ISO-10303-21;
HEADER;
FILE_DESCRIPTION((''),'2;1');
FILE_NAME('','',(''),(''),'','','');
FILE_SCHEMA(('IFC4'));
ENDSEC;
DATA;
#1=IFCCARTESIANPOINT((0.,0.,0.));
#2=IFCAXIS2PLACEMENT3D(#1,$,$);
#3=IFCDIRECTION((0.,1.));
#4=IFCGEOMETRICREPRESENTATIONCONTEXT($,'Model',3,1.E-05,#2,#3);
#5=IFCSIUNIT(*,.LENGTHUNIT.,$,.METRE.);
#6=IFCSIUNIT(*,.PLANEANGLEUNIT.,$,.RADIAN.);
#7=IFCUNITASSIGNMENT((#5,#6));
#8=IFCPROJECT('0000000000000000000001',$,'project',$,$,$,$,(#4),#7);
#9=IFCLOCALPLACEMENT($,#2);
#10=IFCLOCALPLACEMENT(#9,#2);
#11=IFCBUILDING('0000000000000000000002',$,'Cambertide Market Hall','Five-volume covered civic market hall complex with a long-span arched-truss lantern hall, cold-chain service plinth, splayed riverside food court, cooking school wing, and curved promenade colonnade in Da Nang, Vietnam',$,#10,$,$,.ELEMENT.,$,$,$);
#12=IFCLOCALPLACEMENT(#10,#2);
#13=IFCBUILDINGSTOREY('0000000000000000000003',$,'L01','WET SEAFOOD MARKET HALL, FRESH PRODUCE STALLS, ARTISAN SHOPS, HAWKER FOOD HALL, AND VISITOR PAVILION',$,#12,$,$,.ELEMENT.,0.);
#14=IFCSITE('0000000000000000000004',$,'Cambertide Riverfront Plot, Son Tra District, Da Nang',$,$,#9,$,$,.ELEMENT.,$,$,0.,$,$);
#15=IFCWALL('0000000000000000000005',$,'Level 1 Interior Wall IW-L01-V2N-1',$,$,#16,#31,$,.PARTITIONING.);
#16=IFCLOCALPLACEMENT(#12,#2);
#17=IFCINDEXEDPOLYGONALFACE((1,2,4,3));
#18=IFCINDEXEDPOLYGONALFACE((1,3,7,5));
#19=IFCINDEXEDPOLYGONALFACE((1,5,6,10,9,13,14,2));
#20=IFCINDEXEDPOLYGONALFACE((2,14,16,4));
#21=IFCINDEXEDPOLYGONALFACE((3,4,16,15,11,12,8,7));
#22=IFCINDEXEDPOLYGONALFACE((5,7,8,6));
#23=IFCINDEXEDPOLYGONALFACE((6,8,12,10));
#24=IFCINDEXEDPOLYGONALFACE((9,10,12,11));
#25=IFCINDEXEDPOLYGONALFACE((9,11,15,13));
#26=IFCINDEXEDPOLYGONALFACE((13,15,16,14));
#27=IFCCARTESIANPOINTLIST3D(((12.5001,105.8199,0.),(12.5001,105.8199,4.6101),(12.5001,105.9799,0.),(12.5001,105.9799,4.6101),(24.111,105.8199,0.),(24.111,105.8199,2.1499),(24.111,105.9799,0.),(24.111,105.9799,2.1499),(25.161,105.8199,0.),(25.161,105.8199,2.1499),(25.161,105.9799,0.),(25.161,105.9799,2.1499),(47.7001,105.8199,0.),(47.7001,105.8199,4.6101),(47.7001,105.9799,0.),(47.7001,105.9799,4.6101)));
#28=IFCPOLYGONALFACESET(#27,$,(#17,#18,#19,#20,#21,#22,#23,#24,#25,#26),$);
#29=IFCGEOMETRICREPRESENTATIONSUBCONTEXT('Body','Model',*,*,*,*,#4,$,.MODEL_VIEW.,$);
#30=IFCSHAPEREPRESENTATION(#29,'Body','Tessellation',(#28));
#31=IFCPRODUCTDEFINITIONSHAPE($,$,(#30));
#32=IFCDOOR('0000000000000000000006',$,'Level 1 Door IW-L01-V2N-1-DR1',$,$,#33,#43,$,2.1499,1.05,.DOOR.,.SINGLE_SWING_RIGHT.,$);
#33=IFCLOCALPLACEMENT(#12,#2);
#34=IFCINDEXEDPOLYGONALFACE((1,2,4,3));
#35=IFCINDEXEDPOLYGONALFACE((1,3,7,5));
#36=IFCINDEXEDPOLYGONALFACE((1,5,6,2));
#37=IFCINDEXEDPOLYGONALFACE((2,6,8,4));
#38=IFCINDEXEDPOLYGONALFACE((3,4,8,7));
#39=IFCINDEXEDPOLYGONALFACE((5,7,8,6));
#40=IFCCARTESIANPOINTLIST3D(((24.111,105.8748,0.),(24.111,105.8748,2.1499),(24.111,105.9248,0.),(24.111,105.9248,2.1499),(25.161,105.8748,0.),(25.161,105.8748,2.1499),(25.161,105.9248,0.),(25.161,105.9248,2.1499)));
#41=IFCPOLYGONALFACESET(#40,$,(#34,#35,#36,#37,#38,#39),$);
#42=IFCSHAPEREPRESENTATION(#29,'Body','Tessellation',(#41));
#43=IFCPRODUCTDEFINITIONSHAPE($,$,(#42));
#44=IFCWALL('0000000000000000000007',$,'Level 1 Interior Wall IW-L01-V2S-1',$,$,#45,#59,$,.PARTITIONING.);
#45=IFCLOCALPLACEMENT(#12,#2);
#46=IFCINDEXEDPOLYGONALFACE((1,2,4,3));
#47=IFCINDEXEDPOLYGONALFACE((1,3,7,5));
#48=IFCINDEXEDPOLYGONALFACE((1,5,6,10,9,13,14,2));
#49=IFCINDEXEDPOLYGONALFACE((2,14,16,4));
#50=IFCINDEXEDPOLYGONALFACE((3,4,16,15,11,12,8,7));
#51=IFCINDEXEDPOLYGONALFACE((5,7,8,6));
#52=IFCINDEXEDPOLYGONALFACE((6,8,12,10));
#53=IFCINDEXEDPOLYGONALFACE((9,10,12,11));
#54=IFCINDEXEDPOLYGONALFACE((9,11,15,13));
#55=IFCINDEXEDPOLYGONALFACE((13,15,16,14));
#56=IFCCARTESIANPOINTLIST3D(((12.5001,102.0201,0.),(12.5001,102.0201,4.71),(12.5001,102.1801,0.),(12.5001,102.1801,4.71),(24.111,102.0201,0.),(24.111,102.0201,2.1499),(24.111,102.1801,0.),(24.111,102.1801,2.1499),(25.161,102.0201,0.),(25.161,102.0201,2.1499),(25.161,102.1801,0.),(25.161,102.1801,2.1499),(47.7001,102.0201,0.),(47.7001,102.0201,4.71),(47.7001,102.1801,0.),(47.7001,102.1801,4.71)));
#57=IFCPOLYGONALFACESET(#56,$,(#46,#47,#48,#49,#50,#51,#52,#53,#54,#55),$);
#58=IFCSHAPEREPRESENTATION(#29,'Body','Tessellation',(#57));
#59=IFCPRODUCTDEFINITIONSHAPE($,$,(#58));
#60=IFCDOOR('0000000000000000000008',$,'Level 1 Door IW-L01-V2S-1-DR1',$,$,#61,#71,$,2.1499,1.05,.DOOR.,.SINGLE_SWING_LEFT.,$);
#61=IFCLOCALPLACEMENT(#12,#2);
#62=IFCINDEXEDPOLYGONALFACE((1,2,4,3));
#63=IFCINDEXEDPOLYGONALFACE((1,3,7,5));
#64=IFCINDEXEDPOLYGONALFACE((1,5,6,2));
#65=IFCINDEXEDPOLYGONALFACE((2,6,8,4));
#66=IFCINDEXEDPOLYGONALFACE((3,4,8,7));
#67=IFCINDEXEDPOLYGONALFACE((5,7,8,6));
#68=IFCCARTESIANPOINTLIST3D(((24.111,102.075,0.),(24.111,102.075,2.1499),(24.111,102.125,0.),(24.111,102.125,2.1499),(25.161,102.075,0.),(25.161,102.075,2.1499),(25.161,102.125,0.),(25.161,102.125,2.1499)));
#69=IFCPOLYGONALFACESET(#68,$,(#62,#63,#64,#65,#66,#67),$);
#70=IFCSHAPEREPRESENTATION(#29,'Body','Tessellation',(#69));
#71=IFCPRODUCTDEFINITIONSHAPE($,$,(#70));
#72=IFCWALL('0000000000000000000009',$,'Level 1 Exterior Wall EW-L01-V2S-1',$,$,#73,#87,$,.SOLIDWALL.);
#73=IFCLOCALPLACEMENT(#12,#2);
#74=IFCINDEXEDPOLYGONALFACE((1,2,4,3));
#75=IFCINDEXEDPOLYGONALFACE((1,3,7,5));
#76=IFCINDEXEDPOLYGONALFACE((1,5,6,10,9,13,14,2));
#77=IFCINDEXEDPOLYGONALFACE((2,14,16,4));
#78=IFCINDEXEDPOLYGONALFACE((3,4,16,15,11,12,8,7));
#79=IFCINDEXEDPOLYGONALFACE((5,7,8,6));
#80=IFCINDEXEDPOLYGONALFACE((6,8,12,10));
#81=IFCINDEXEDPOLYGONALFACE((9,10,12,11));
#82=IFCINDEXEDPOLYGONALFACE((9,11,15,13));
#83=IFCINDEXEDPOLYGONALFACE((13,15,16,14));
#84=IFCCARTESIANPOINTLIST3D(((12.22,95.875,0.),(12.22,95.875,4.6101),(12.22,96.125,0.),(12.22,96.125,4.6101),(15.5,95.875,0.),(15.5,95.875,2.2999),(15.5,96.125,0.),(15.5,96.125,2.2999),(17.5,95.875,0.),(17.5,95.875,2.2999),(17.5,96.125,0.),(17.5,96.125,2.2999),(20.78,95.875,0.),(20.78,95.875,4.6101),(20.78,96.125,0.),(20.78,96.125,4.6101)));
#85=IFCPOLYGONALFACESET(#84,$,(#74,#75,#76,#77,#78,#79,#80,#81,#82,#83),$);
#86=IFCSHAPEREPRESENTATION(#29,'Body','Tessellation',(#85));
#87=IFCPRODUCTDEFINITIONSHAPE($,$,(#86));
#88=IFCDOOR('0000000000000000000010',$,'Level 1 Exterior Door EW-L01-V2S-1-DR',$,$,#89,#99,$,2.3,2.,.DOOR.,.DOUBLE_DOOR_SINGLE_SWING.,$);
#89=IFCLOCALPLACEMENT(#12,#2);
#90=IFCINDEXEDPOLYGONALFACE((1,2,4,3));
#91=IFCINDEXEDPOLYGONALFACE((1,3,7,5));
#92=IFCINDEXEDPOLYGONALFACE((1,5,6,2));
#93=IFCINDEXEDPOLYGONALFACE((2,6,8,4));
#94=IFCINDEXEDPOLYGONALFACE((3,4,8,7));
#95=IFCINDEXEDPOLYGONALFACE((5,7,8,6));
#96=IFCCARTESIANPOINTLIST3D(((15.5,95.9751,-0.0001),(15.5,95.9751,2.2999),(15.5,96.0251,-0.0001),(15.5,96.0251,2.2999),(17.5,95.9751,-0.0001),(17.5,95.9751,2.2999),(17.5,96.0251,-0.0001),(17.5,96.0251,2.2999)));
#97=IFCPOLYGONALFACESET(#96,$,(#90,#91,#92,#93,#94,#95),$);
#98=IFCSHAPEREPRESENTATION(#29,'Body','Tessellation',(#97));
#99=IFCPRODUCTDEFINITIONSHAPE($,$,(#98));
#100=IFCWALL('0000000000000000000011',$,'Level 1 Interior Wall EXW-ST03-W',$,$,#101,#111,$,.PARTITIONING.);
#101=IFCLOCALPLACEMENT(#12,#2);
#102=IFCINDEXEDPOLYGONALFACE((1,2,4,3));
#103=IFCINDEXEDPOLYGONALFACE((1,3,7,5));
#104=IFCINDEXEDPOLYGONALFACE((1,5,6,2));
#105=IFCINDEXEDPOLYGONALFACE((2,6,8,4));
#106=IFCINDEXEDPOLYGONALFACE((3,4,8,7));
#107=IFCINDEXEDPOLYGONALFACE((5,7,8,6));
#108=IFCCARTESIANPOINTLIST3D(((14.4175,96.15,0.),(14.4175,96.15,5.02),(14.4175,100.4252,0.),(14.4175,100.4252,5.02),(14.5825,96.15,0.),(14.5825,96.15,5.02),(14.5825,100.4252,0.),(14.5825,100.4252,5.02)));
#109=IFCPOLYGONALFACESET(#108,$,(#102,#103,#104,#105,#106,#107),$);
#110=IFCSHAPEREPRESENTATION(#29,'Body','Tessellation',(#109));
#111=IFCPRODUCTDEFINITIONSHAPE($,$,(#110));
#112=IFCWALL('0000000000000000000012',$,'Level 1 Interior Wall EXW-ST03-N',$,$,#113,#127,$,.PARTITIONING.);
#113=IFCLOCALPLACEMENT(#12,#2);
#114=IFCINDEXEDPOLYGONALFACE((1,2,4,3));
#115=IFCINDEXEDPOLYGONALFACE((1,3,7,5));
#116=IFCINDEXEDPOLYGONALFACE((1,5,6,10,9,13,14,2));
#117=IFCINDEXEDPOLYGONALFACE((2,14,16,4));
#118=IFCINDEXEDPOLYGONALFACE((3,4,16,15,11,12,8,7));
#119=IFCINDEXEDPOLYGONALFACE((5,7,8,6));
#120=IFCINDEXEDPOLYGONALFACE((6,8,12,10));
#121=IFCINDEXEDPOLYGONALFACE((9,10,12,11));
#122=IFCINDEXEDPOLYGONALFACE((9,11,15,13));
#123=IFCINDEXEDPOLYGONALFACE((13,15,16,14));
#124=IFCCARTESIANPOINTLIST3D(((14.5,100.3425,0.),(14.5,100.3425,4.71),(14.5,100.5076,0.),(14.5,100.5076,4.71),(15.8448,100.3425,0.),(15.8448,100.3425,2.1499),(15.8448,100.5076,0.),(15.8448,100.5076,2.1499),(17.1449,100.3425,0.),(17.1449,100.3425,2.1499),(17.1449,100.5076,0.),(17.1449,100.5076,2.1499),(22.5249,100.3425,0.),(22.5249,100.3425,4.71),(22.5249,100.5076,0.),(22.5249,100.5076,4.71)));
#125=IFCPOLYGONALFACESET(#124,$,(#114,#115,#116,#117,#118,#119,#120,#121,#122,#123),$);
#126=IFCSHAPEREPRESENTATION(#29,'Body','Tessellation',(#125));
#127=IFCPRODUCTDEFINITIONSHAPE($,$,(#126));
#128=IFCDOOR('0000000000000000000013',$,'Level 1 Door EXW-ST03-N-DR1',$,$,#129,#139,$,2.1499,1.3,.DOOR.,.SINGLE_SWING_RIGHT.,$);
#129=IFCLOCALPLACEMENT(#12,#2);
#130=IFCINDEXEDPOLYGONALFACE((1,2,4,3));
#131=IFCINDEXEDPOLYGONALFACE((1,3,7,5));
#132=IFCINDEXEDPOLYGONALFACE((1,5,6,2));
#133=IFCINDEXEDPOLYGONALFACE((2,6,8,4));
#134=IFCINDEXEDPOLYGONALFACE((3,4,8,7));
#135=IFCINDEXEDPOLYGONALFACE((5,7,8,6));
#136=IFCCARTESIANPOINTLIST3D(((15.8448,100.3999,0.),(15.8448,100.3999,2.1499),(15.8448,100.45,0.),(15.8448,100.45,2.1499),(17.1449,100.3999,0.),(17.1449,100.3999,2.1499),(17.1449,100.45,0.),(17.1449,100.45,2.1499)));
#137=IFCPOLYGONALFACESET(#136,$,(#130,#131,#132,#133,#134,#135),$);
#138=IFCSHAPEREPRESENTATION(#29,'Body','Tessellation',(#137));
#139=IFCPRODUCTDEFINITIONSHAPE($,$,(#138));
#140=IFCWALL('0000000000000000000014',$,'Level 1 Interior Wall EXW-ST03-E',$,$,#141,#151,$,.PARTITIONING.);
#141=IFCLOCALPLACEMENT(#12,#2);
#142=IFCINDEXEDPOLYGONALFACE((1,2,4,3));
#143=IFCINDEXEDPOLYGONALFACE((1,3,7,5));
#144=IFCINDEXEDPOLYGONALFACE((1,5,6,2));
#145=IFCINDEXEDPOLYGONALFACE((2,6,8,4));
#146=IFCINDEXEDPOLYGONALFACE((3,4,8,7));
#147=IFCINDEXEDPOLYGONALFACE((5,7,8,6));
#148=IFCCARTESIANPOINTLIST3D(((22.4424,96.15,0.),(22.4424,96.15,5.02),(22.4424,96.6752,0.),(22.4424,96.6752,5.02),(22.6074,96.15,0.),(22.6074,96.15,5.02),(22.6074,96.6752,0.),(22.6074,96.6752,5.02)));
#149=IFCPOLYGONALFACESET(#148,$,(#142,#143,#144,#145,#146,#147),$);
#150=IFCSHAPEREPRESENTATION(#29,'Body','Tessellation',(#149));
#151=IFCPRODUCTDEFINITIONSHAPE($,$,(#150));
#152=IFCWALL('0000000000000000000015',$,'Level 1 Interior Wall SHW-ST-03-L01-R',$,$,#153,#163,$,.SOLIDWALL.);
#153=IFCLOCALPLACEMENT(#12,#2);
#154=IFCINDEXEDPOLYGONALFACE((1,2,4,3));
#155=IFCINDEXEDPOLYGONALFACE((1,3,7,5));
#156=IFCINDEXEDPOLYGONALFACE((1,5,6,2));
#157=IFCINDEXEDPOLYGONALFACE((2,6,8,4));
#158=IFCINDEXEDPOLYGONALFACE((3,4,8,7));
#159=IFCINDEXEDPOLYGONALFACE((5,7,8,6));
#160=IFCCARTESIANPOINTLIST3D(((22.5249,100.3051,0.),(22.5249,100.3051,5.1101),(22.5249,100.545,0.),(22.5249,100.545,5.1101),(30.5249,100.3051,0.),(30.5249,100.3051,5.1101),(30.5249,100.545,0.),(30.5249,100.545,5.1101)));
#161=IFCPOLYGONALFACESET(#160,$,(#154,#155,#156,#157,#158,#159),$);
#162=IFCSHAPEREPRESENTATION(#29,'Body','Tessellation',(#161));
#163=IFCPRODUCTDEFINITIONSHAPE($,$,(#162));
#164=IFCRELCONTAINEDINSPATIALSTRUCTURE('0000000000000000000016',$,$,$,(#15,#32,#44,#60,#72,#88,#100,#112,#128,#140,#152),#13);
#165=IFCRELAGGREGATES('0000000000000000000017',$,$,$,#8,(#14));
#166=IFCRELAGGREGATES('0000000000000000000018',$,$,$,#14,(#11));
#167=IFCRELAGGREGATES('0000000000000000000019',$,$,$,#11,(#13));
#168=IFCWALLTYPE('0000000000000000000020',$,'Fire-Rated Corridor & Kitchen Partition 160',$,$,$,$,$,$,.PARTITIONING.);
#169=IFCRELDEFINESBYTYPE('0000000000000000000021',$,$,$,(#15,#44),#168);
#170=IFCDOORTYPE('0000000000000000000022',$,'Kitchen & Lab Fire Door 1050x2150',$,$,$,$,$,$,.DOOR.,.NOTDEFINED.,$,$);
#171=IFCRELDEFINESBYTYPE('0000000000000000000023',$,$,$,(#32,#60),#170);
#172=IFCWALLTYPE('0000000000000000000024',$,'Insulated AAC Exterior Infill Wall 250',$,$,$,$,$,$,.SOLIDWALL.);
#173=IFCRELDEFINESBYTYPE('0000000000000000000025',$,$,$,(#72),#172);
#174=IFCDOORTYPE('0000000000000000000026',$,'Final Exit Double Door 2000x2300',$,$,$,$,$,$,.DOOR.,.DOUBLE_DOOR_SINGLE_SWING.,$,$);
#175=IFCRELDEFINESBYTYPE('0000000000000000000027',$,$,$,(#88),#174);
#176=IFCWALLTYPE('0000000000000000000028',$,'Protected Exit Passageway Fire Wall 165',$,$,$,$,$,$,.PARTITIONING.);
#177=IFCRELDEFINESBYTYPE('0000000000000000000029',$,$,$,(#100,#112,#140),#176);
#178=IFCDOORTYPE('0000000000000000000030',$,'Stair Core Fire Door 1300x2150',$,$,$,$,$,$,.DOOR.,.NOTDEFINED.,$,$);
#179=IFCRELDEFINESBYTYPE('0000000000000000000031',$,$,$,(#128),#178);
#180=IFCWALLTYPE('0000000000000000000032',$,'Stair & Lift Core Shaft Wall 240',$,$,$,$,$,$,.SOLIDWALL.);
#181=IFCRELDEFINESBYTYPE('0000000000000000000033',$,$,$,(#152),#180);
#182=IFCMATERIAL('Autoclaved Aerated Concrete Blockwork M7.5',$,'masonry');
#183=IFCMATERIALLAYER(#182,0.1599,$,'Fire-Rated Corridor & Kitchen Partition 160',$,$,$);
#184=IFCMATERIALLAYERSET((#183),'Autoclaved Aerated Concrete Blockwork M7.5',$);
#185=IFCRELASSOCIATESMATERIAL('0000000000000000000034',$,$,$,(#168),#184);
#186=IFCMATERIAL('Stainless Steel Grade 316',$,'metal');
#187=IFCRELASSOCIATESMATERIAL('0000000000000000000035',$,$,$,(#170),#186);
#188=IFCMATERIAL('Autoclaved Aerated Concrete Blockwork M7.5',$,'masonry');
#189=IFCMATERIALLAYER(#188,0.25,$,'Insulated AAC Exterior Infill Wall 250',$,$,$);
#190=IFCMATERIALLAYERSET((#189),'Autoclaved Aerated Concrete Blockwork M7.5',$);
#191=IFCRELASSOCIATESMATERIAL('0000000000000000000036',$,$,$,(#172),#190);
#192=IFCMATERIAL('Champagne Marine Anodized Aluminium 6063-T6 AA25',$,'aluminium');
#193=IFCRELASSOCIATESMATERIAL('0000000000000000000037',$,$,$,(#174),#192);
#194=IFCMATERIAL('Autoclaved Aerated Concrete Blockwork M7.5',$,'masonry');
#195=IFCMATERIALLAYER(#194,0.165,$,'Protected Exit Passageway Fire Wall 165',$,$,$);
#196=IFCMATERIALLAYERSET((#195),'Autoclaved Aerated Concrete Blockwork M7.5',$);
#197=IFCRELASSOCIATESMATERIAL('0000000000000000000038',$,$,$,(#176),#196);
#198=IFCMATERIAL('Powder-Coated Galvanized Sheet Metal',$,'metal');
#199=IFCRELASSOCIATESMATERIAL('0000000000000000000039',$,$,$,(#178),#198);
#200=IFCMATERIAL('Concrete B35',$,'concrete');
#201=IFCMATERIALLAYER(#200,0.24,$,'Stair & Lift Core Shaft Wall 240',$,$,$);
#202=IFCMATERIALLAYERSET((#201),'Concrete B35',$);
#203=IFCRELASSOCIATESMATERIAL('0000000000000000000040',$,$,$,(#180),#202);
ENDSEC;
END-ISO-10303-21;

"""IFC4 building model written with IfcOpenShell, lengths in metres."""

from ifc_helpers import new_model, si_unit, direction, frame, frame_2d, origin, place, context, subcontext, project, spatial, rectangle, extrude, material, layer, layer_set, type_object, element, fill, save


model = new_model("IFC4")

# Units and contexts
model_context = context("Model", 3, precision=1e-05, world=origin(), true_north=direction((0.0, 1.0)))
body_context = subcontext(model_context, "Body", "Model", "MODEL_VIEW")
ifc_project = project(units=[si_unit("LENGTHUNIT", "METRE"), si_unit("PLANEANGLEUNIT", "RADIAN")], contexts=[model_context])

# Site, building, storey
site_placement = place(None, origin())
site = spatial("IfcSite", under=ifc_project, at=site_placement, Name="Cambertide Riverfront Plot, Son Tra District, Da Nang", CompositionType="ELEMENT", RefElevation=0.0)
building_placement = place(site_placement, origin())
building = spatial("IfcBuilding", under=site, at=building_placement, Name="Cambertide Market Hall", Description="Five-volume covered civic market hall complex with a long-span arched-truss lantern hall, cold-chain service plinth, splayed riverside food court, cooking school wing, and curved promenade colonnade in Da Nang, Vietnam", CompositionType="ELEMENT")
storey_placement = place(building_placement, origin())
storey = spatial("IfcBuildingStorey", under=building, at=storey_placement, Name="L01", Description="WET SEAFOOD MARKET HALL, FRESH PRODUCE STALLS, ARTISAN SHOPS, HAWKER FOOD HALL, AND VISITOR PAVILION", CompositionType="ELEMENT", Elevation=0.0)

# Walls, openings, doors
ifc_material_1 = material(Name="Autoclaved Aerated Concrete Blockwork M7.5", Category="masonry")
ifc_layer_1 = layer(ifc_material_1, 0.1599, Name="Fire-Rated Corridor & Kitchen Partition 160")
ifc_layer_set_1 = layer_set([ifc_layer_1], Name="Autoclaved Aerated Concrete Blockwork M7.5")
wall_type_1 = type_object("IfcWallType", Name="Fire-Rated Corridor & Kitchen Partition 160", PredefinedType="PARTITIONING", material=ifc_layer_set_1)
wall_1_placement = place(storey_placement, frame((12.5, 105.8999, 0.0), z_axis=(0.0, 0.0, 1.0), x_axis=(1.0, 0.0, 0.0)))
wall_1 = element("IfcWall", 1, at=wall_1_placement, inside=storey, type_object=wall_type_1, Name="Level 1 Interior Wall IW-L01-V2N-1", PredefinedType="PARTITIONING", context=body_context, shape_type="SweptSolid", body=[
    extrude(rectangle(XDim=35.2, YDim=0.1599, at=frame_2d((17.6001, 0.0))), origin(), (0.0, 0.0, 1.0), 4.6101),
])
opening_1_placement = place(wall_1_placement, frame((11.6111, 0.0, 0.0)))
opening_1 = element("IfcOpeningElement", 2, at=opening_1_placement, cuts=wall_1, PredefinedType="OPENING", context=body_context, shape_type="SweptSolid", body=[
    extrude(rectangle(XDim=1.05, YDim=2.1499, at=frame_2d((0.5249, 1.075))), frame((0.0, 0.0898, 0.0), z_axis=(0.0, -1.0, 0.0), x_axis=(1.0, 0.0, 0.0)), (0.0, 0.0, 1.0), 0.1799),
])
ifc_material_2 = material(Name="Stainless Steel Grade 316", Category="metal")
door_type_1 = type_object("IfcDoorType", Name="Kitchen & Lab Fire Door 1050x2150", OperationType="NOTDEFINED", PredefinedType="DOOR", material=ifc_material_2)
door_1_placement = place(opening_1_placement, origin())
door_1 = element("IfcDoor", 3, at=door_1_placement, inside=storey, type_object=door_type_1, Name="Level 1 Door IW-L01-V2N-1-DR1", OperationType="SINGLE_SWING_RIGHT", OverallHeight=2.1499, OverallWidth=1.05, PredefinedType="DOOR", context=body_context, shape_type="SweptSolid", body=[
    extrude(rectangle(XDim=1.05, YDim=2.1499, at=frame_2d((0.5249, 1.075))), frame((0.0, 0.0249, 0.0), z_axis=(0.0, -1.0, 0.0), x_axis=(1.0, 0.0, 0.0)), (0.0, 0.0, 1.0), 0.05),
])
fill(opening_1, door_1)
wall_2_placement = place(storey_placement, frame((12.5, 102.1001, 0.0), z_axis=(0.0, 0.0, 1.0), x_axis=(1.0, 0.0, 0.0)))
wall_2 = element("IfcWall", 4, at=wall_2_placement, inside=storey, type_object=wall_type_1, Name="Level 1 Interior Wall IW-L01-V2S-1", PredefinedType="PARTITIONING", context=body_context, shape_type="SweptSolid", body=[
    extrude(rectangle(XDim=35.2, YDim=0.1599, at=frame_2d((17.6001, 0.0))), origin(), (0.0, 0.0, 1.0), 4.71),
])
opening_2_placement = place(wall_2_placement, frame((11.6111, 0.0, 0.0)))
opening_2 = element("IfcOpeningElement", 5, at=opening_2_placement, cuts=wall_2, PredefinedType="OPENING", context=body_context, shape_type="SweptSolid", body=[
    extrude(rectangle(XDim=1.05, YDim=2.1499, at=frame_2d((0.5249, 1.075))), frame((0.0, 0.0898, 0.0), z_axis=(0.0, -1.0, 0.0), x_axis=(1.0, 0.0, 0.0)), (0.0, 0.0, 1.0), 0.1799),
])
door_2_placement = place(opening_2_placement, origin())
door_2 = element("IfcDoor", 6, at=door_2_placement, inside=storey, type_object=door_type_1, Name="Level 1 Door IW-L01-V2S-1-DR1", OperationType="SINGLE_SWING_LEFT", OverallHeight=2.1499, OverallWidth=1.05, PredefinedType="DOOR", context=body_context, shape_type="SweptSolid", body=[
    extrude(rectangle(XDim=1.05, YDim=2.1499, at=frame_2d((0.5249, 1.075))), frame((0.0, 0.0249, 0.0), z_axis=(0.0, -1.0, 0.0), x_axis=(1.0, 0.0, 0.0)), (0.0, 0.0, 1.0), 0.05),
])
fill(opening_2, door_2)
ifc_material_3 = material(Name="Autoclaved Aerated Concrete Blockwork M7.5", Category="masonry")
ifc_layer_2 = layer(ifc_material_3, 0.25, Name="Insulated AAC Exterior Infill Wall 250")
ifc_layer_set_2 = layer_set([ifc_layer_2], Name="Autoclaved Aerated Concrete Blockwork M7.5")
wall_type_2 = type_object("IfcWallType", Name="Insulated AAC Exterior Infill Wall 250", PredefinedType="SOLIDWALL", material=ifc_layer_set_2)
wall_3_placement = place(storey_placement, frame((20.78, 96.0, 0.0), z_axis=(0.0, 0.0, 1.0), x_axis=(-1.0, 0.0, 0.0)))
wall_3 = element("IfcWall", 7, at=wall_3_placement, inside=storey, type_object=wall_type_2, Name="Level 1 Exterior Wall EW-L01-V2S-1", PredefinedType="SOLIDWALL", context=body_context, shape_type="SweptSolid", body=[
    extrude(rectangle(XDim=8.5601, YDim=0.25, at=frame_2d((4.28, 0.0))), origin(), (0.0, 0.0, 1.0), 4.6101),
])
opening_3_placement = place(wall_3_placement, frame((3.28, 0.0, 0.0)))
opening_3 = element("IfcOpeningElement", 8, at=opening_3_placement, cuts=wall_3, PredefinedType="OPENING", context=body_context, shape_type="SweptSolid", body=[
    extrude(rectangle(XDim=2.0, YDim=2.3, at=frame_2d((1.0, 1.1499))), frame((0.0, 0.135, 0.0), z_axis=(0.0, -1.0, 0.0), x_axis=(1.0, 0.0, 0.0)), (0.0, 0.0, 1.0), 0.27),
])
ifc_material_4 = material(Name="Champagne Marine Anodized Aluminium 6063-T6 AA25", Category="aluminium")
door_type_2 = type_object("IfcDoorType", Name="Final Exit Double Door 2000x2300", OperationType="DOUBLE_DOOR_SINGLE_SWING", PredefinedType="DOOR", material=ifc_material_4)
door_3_placement = place(opening_3_placement, origin())
door_3 = element("IfcDoor", 9, at=door_3_placement, inside=storey, type_object=door_type_2, Name="Level 1 Exterior Door EW-L01-V2S-1-DR", OperationType="DOUBLE_DOOR_SINGLE_SWING", OverallHeight=2.3, OverallWidth=2.0, PredefinedType="DOOR", context=body_context, shape_type="SweptSolid", body=[
    extrude(rectangle(XDim=2.0, YDim=2.3, at=frame_2d((1.0, 1.1499))), frame((0.0, 0.0249, 0.0), z_axis=(0.0, -1.0, 0.0), x_axis=(1.0, 0.0, 0.0)), (0.0, 0.0, 1.0), 0.05),
])
fill(opening_3, door_3)

# Wall
ifc_material_5 = material(Name="Autoclaved Aerated Concrete Blockwork M7.5", Category="masonry")
ifc_layer_3 = layer(ifc_material_5, 0.165, Name="Protected Exit Passageway Fire Wall 165")
ifc_layer_set_3 = layer_set([ifc_layer_3], Name="Autoclaved Aerated Concrete Blockwork M7.5")
wall_type_3 = type_object("IfcWallType", Name="Protected Exit Passageway Fire Wall 165", PredefinedType="PARTITIONING", material=ifc_layer_set_3)
wall_4_placement = place(storey_placement, frame((14.5, 96.1499, 0.0), z_axis=(0.0, 0.0, 1.0), x_axis=(0.0, 1.0, 0.0)))
element("IfcWall", 10, at=wall_4_placement, inside=storey, type_object=wall_type_3, Name="Level 1 Interior Wall EXW-ST03-W", PredefinedType="PARTITIONING", context=body_context, shape_type="SweptSolid", body=[
    extrude(rectangle(XDim=4.2751, YDim=0.165, at=frame_2d((2.1377, 0.0))), origin(), (0.0, 0.0, 1.0), 5.02),
])

# Wall, opening, door
wall_5_placement = place(storey_placement, frame((14.5, 100.425, 0.0), z_axis=(0.0, 0.0, 1.0), x_axis=(1.0, 0.0, 0.0)))
wall_5 = element("IfcWall", 11, at=wall_5_placement, inside=storey, type_object=wall_type_3, Name="Level 1 Interior Wall EXW-ST03-N", PredefinedType="PARTITIONING", context=body_context, shape_type="SweptSolid", body=[
    extrude(rectangle(XDim=8.0249, YDim=0.165, at=frame_2d((4.0125, 0.0))), origin(), (0.0, 0.0, 1.0), 4.71),
])
opening_4_placement = place(wall_5_placement, frame((1.345, 0.0, 0.0)))
opening_4 = element("IfcOpeningElement", 12, at=opening_4_placement, cuts=wall_5, PredefinedType="OPENING", context=body_context, shape_type="SweptSolid", body=[
    extrude(rectangle(XDim=1.3, YDim=2.1499, at=frame_2d((0.6499, 1.075))), frame((0.0, 0.0925, 0.0), z_axis=(0.0, -1.0, 0.0), x_axis=(1.0, 0.0, 0.0)), (0.0, 0.0, 1.0), 0.1851),
])
ifc_material_6 = material(Name="Powder-Coated Galvanized Sheet Metal", Category="metal")
door_type_3 = type_object("IfcDoorType", Name="Stair Core Fire Door 1300x2150", OperationType="NOTDEFINED", PredefinedType="DOOR", material=ifc_material_6)
door_4_placement = place(opening_4_placement, origin())
door_4 = element("IfcDoor", 13, at=door_4_placement, inside=storey, type_object=door_type_3, Name="Level 1 Door EXW-ST03-N-DR1", OperationType="SINGLE_SWING_RIGHT", OverallHeight=2.1499, OverallWidth=1.3, PredefinedType="DOOR", context=body_context, shape_type="SweptSolid", body=[
    extrude(rectangle(XDim=1.3, YDim=2.1499, at=frame_2d((0.6499, 1.075))), frame((0.0, 0.0249, 0.0), z_axis=(0.0, -1.0, 0.0), x_axis=(1.0, 0.0, 0.0)), (0.0, 0.0, 1.0), 0.05),
])
fill(opening_4, door_4)

# Wall
wall_6_placement = place(storey_placement, frame((22.5249, 96.1499, 0.0), z_axis=(0.0, 0.0, 1.0), x_axis=(0.0, 1.0, 0.0)))
element("IfcWall", 14, at=wall_6_placement, inside=storey, type_object=wall_type_3, Name="Level 1 Interior Wall EXW-ST03-E", PredefinedType="PARTITIONING", context=body_context, shape_type="SweptSolid", body=[
    extrude(rectangle(XDim=0.5251, YDim=0.165, at=frame_2d((0.2627, 0.0))), origin(), (0.0, 0.0, 1.0), 5.02),
])

# Shared definitions
ifc_material_7 = material(Name="Concrete B35", Category="concrete")
ifc_layer_4 = layer(ifc_material_7, 0.24, Name="Stair & Lift Core Shaft Wall 240")
ifc_layer_set_4 = layer_set([ifc_layer_4], Name="Concrete B35")
wall_type_4 = type_object("IfcWallType", Name="Stair & Lift Core Shaft Wall 240", PredefinedType="SOLIDWALL", material=ifc_layer_set_4)

# Wall
wall_7_placement = place(storey_placement, frame((22.5249, 100.425, 0.0), z_axis=(0.0, 0.0, 1.0), x_axis=(1.0, 0.0, 0.0)))
element("IfcWall", 15, at=wall_7_placement, inside=storey, type_object=wall_type_4, Name="Level 1 Interior Wall SHW-ST-03-L01-R", PredefinedType="SOLIDWALL", context=body_context, shape_type="SweptSolid", body=[
    extrude(rectangle(XDim=8.0, YDim=0.24, at=frame_2d((4.0, 0.0))), origin(), (0.0, 0.0, 1.0), 5.1101),
])

save(model, "model.ifc")
